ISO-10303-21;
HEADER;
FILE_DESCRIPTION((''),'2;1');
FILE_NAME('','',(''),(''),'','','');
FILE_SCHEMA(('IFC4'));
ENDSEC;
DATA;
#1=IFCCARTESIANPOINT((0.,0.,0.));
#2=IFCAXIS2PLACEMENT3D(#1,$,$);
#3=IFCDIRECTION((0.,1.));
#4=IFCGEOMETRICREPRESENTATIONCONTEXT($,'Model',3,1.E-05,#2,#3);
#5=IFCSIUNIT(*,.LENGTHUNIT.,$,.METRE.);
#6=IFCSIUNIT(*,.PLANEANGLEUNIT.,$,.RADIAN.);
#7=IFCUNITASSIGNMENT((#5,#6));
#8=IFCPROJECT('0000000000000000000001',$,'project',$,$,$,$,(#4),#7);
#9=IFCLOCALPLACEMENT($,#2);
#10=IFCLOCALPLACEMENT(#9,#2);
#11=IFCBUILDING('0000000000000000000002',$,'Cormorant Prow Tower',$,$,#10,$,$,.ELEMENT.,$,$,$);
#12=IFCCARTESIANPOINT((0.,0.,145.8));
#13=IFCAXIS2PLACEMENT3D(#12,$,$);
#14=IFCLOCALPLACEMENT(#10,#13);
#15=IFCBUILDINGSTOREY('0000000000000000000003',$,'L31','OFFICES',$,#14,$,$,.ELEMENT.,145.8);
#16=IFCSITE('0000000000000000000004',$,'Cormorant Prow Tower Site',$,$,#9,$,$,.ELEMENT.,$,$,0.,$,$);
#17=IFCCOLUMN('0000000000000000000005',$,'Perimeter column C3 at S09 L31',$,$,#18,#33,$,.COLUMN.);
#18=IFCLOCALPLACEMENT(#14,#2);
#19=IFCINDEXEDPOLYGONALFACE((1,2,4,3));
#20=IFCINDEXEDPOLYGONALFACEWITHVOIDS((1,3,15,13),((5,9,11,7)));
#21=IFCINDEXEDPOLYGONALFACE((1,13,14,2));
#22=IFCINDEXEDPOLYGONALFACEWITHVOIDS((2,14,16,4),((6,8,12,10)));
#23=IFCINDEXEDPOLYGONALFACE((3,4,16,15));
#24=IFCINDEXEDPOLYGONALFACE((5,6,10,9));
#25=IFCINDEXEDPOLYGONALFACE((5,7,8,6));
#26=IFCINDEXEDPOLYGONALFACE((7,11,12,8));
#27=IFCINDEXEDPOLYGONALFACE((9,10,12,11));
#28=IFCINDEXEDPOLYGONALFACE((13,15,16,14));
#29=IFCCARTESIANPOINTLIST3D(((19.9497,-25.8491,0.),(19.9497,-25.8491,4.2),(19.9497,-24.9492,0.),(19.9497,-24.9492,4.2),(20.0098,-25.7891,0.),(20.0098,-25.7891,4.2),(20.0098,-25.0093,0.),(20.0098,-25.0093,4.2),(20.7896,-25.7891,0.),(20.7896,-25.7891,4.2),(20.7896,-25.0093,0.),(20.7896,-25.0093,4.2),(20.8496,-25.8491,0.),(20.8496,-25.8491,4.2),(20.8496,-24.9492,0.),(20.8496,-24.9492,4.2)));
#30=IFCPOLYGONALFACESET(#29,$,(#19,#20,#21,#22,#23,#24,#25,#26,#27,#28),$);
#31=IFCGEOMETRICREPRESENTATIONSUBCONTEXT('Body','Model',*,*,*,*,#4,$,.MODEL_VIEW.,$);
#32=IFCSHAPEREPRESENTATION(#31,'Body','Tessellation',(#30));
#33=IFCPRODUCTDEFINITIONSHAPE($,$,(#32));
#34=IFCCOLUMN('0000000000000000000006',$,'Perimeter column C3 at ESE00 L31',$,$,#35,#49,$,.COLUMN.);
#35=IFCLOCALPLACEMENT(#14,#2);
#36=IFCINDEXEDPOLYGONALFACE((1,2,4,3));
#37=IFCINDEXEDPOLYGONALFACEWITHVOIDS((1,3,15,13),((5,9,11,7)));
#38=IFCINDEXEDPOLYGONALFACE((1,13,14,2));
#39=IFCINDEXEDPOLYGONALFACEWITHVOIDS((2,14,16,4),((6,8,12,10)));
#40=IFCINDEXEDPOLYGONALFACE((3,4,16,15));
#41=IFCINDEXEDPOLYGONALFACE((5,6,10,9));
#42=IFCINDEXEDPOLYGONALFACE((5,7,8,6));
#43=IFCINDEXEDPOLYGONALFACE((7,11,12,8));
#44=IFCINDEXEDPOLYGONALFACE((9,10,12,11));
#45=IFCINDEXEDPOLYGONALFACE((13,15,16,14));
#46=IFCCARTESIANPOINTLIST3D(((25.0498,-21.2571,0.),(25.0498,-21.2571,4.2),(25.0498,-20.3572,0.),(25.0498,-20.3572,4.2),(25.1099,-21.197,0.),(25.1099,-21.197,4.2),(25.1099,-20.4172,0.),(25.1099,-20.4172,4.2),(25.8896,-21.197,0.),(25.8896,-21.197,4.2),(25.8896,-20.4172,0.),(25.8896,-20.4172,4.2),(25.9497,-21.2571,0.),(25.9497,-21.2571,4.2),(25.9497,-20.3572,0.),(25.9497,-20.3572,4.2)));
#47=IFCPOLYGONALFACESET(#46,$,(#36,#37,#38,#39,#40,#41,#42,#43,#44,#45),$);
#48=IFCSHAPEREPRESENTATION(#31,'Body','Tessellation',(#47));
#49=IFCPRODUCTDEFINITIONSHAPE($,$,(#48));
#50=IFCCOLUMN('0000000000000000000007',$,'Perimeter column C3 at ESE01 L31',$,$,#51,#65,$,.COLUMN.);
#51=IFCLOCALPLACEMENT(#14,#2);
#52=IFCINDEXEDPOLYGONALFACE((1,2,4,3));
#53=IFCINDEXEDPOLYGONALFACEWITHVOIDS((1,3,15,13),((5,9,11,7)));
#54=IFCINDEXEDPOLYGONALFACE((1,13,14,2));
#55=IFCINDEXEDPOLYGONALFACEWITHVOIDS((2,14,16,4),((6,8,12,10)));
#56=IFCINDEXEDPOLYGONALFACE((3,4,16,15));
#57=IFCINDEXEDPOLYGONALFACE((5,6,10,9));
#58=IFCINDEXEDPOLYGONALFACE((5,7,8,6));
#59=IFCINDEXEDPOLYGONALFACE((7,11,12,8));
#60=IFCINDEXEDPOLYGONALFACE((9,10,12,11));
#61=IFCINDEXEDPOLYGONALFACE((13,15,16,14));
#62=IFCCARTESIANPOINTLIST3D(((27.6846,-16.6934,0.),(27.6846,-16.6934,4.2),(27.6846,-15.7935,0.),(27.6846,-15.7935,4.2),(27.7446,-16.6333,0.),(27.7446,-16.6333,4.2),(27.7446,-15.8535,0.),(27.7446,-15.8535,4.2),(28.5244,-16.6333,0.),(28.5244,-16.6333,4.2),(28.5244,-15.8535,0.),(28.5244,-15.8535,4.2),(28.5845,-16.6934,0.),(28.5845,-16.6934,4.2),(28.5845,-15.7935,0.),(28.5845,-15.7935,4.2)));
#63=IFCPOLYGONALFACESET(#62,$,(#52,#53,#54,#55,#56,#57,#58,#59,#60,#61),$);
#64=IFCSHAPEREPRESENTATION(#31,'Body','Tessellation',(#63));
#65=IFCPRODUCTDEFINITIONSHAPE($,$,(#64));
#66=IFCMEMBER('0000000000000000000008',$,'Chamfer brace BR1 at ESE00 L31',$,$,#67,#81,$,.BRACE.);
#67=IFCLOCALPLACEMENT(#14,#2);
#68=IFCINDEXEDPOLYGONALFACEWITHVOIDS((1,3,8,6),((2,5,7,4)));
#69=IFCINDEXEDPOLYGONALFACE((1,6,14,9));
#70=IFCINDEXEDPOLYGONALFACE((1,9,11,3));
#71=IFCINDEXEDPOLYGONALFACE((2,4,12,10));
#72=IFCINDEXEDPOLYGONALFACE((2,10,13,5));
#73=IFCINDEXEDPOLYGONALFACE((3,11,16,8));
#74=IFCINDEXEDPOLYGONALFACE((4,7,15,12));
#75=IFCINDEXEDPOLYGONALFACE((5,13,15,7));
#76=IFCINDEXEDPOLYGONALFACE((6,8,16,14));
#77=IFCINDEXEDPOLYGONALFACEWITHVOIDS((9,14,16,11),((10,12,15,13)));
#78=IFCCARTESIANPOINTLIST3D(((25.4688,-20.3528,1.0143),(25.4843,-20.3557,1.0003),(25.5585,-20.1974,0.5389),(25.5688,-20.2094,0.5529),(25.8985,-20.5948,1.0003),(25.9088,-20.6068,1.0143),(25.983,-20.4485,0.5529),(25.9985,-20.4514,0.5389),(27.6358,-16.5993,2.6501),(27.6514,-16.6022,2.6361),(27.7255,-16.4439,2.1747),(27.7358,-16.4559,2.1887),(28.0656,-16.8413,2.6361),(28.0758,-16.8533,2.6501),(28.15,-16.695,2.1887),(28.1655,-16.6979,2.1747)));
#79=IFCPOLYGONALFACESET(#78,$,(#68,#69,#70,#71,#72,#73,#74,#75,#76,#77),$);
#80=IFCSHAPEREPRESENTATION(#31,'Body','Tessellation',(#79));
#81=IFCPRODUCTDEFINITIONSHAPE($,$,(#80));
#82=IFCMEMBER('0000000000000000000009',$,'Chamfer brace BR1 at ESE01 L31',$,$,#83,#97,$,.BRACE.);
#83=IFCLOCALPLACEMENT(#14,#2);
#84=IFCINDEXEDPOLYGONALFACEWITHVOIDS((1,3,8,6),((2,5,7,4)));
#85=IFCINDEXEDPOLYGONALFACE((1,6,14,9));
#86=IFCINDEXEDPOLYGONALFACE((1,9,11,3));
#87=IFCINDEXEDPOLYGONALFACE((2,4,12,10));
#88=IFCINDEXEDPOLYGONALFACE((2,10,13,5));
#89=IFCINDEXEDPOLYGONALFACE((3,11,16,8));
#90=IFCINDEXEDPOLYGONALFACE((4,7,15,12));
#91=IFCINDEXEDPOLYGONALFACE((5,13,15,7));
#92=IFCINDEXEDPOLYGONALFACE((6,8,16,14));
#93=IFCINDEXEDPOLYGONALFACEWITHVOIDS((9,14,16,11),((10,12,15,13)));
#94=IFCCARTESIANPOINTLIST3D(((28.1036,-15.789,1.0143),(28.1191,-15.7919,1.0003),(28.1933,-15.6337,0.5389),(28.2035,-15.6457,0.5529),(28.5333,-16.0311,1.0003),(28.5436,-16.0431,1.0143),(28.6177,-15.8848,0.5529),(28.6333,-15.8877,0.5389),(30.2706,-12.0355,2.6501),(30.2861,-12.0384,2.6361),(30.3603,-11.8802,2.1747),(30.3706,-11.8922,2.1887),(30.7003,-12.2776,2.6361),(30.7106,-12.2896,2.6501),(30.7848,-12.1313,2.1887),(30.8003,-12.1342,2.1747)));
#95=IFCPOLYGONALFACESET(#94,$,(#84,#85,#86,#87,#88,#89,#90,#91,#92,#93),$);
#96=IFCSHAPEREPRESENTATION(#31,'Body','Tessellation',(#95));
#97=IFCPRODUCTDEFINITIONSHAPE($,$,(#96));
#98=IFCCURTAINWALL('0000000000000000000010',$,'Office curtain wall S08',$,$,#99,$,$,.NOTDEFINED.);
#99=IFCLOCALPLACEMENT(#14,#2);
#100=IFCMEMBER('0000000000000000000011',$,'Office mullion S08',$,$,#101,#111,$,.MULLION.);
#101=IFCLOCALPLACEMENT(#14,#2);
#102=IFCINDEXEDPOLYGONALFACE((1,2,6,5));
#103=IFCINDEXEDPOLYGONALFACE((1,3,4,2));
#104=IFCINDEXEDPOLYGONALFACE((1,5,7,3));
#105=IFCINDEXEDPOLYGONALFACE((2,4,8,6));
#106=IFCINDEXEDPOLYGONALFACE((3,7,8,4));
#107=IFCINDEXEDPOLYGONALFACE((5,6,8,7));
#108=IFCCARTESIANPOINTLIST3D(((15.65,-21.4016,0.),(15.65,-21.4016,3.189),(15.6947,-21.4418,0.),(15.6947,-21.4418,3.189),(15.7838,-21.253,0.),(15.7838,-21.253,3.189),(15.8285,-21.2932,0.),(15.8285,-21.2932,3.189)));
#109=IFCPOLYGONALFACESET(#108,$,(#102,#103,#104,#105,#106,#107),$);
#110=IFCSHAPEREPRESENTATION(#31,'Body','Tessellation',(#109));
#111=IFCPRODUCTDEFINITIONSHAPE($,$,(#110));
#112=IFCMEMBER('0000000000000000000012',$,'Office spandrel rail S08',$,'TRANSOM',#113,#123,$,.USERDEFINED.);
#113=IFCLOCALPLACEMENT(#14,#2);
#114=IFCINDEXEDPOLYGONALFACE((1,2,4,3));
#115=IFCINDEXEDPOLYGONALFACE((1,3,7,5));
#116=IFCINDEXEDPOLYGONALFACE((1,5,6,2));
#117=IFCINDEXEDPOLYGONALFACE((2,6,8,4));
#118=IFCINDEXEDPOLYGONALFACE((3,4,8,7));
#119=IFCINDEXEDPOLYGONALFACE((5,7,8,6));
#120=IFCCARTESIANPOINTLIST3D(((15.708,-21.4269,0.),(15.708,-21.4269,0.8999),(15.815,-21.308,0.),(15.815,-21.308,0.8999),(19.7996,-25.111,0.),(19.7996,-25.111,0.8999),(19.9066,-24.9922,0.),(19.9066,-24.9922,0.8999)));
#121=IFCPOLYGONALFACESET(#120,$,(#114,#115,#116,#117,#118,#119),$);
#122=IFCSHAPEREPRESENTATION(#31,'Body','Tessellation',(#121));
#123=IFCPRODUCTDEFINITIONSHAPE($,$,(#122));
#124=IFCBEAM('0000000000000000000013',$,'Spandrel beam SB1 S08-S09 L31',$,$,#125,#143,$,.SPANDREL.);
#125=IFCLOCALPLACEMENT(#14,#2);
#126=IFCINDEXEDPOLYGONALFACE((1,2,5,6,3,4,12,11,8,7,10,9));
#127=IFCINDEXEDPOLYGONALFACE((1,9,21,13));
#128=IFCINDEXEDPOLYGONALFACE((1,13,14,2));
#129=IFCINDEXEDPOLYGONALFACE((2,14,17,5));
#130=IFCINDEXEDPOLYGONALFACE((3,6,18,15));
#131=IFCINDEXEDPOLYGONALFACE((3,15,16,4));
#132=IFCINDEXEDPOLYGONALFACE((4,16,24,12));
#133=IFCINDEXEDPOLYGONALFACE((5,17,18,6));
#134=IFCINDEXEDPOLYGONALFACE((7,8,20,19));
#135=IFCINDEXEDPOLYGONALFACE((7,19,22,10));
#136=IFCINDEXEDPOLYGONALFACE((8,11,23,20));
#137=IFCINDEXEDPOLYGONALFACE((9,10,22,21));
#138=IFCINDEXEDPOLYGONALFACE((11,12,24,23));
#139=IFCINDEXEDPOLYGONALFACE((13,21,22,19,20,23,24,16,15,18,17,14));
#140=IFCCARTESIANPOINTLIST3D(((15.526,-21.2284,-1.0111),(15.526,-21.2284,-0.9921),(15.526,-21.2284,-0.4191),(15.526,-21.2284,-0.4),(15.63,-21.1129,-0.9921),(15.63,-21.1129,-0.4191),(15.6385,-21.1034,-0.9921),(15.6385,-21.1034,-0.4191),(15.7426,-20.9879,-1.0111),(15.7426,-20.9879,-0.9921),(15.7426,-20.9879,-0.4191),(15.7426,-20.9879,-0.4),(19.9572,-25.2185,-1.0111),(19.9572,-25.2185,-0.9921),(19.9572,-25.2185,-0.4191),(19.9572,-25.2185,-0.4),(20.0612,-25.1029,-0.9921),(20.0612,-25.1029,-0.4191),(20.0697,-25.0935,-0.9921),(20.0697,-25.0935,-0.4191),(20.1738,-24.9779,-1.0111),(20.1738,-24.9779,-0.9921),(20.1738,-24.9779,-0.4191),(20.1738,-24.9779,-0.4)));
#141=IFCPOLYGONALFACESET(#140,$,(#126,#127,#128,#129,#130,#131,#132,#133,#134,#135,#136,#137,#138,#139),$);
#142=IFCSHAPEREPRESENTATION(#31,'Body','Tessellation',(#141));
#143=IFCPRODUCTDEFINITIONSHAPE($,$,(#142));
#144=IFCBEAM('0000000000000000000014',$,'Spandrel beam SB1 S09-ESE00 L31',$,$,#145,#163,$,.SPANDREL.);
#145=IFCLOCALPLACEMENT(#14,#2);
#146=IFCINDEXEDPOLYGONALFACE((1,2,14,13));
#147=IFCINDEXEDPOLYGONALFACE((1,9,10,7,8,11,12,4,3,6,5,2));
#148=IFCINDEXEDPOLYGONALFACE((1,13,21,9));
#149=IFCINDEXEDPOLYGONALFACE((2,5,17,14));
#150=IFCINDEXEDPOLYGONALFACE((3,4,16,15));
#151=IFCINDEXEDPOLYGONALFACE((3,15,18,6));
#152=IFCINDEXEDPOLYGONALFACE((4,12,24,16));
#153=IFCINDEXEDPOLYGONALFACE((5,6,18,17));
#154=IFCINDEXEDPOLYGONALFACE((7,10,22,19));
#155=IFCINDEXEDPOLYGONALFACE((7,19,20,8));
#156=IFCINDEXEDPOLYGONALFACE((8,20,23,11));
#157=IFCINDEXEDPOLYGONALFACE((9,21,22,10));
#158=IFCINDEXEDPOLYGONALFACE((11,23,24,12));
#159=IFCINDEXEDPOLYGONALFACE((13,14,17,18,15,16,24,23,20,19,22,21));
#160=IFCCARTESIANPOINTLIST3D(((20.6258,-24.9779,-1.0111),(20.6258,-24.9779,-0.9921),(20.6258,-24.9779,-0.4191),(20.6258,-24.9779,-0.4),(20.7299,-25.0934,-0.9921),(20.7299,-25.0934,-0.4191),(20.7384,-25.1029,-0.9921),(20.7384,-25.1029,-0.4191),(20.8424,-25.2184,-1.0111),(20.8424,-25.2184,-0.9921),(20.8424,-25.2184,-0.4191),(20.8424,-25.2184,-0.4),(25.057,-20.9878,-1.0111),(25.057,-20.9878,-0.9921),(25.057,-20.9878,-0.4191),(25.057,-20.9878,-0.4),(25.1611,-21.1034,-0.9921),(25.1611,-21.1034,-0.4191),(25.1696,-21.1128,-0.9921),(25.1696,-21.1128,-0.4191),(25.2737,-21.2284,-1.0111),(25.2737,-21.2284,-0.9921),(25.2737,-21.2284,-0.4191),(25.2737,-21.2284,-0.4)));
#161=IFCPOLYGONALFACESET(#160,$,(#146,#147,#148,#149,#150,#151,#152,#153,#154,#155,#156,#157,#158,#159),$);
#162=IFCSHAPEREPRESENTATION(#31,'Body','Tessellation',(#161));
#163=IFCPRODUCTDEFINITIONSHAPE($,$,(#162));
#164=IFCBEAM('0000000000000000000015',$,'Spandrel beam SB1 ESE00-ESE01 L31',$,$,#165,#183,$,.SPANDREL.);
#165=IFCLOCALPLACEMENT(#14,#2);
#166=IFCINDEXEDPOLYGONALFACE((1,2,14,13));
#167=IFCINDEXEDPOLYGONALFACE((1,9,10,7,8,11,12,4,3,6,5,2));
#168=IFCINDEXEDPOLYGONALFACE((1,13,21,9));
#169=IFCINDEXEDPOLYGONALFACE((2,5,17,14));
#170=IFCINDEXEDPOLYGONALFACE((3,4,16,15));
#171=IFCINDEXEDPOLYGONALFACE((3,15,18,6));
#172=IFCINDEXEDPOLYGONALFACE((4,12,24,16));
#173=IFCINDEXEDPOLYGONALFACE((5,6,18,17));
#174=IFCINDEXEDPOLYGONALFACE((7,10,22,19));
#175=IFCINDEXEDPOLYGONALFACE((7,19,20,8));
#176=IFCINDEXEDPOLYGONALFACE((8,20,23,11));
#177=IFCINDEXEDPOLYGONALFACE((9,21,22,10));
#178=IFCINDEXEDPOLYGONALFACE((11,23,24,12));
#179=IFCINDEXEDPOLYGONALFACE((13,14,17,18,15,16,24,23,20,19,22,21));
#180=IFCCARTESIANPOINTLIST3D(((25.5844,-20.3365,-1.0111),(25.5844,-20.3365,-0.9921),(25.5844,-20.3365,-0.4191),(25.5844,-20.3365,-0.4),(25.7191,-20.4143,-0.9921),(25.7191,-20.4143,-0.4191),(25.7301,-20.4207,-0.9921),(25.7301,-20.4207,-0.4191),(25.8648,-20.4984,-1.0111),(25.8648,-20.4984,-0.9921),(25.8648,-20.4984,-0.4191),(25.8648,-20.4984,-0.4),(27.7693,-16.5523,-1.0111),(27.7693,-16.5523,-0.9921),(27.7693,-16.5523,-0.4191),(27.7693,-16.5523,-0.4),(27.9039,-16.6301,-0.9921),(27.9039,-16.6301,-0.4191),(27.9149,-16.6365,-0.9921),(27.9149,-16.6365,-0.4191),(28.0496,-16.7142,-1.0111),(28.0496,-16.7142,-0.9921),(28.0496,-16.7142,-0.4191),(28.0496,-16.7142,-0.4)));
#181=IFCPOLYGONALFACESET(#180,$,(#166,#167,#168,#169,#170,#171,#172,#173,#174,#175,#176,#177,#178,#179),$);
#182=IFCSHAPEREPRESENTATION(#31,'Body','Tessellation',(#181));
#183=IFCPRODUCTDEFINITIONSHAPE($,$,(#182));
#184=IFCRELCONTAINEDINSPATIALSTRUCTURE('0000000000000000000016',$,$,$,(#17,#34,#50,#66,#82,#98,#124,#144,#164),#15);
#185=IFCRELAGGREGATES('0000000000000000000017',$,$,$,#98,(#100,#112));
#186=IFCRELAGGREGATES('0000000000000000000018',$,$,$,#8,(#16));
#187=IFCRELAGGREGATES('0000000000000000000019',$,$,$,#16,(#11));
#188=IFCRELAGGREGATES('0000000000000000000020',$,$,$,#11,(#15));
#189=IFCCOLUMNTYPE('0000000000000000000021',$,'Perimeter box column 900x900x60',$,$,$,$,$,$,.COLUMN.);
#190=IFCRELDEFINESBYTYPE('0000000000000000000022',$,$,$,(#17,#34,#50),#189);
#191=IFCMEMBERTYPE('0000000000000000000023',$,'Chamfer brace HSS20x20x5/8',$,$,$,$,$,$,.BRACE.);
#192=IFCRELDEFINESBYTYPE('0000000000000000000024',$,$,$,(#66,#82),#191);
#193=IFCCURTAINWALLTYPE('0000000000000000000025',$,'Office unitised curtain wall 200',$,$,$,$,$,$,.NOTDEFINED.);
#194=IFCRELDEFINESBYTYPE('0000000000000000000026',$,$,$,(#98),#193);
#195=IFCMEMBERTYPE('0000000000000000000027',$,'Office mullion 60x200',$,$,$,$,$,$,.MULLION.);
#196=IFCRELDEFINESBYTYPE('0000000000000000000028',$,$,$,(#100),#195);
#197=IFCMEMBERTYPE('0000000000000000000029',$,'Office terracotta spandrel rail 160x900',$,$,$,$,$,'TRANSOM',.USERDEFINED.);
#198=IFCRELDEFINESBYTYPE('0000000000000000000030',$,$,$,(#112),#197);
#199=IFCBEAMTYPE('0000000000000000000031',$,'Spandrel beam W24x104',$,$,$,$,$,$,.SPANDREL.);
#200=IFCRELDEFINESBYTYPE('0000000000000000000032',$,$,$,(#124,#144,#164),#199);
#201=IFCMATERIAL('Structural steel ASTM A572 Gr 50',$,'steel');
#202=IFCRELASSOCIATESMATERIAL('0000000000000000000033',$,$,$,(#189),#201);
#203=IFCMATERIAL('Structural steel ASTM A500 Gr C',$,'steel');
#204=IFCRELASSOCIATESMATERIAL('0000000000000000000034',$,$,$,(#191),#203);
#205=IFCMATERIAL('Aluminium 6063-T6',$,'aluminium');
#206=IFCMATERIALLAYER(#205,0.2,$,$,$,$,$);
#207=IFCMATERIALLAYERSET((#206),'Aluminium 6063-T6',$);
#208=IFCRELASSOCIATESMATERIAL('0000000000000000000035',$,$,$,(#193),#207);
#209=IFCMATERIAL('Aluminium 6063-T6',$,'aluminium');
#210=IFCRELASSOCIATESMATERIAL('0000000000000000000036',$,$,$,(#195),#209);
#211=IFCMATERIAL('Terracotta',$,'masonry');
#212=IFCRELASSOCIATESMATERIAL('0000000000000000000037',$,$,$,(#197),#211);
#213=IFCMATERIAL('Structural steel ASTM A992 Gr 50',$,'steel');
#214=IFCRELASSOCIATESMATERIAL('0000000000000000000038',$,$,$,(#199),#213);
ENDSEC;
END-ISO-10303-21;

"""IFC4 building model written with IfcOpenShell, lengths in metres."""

from ifc_helpers import new_model, si_unit, direction, frame, origin, origin_2d, place, context, subcontext, project, spatial, rectangle, hollow_rectangle, i_section, extrude, material, layer, layer_set, material_profile, profile_set, type_object, element, aggregate, save


model = new_model("IFC4")

# Units and contexts
model_context = context("Model", 3, precision=1e-05, world=origin(), true_north=direction((0.0, 1.0)))
body_context = subcontext(model_context, "Body", "Model", "MODEL_VIEW")
ifc_project = project(units=[si_unit("LENGTHUNIT", "METRE"), si_unit("PLANEANGLEUNIT", "RADIAN")], contexts=[model_context])

# Site, building, storey
site_placement = place(None, origin())
site = spatial("IfcSite", under=ifc_project, at=site_placement, Name="Cormorant Prow Tower Site", CompositionType="ELEMENT", RefElevation=0.0)
building_placement = place(site_placement, origin())
building = spatial("IfcBuilding", under=site, at=building_placement, Name="Cormorant Prow Tower", CompositionType="ELEMENT")
storey_placement = place(building_placement, frame((0.0, 0.0, 145.8)))
storey = spatial("IfcBuildingStorey", under=building, at=storey_placement, Name="L31", Description="OFFICES", CompositionType="ELEMENT", Elevation=145.8)

# Columns
ifc_material_1 = material(Name="Structural steel ASTM A572 Gr 50", Category="steel")
ifc_material_profile_1 = material_profile(ifc_material_1, hollow_rectangle(XDim=0.8999, YDim=0.8999, WallThickness=0.0601, at=origin_2d()), Name="Box 900x900x60")
ifc_profile_set_1 = profile_set([ifc_material_profile_1], Name="Structural steel ASTM A572 Gr 50")
column_type = type_object("IfcColumnType", Name="Perimeter box column 900x900x60", PredefinedType="COLUMN", material=ifc_profile_set_1)
for number, where, z_axis, x_axis, name in (
    (1, (20.3997, -25.3992, 0.0), (0.0, 0.0, 1.0), (1.0, 0.0, 0.0), "Perimeter column C3 at S09 L31"),
    (2, (25.4998, -20.8071, 0.0), (0.0, 0.0, 1.0), (1.0, 0.0, 0.0), "Perimeter column C3 at ESE00 L31"),
    (3, (28.1345, -16.2434, 0.0), (0.0, 0.0, 1.0), (1.0, 0.0, 0.0), "Perimeter column C3 at ESE01 L31"),
):
    element("IfcColumn", number, at=place(storey_placement, frame(where, z_axis=z_axis, x_axis=x_axis)), inside=storey, type_object=column_type, Name=name, PredefinedType="COLUMN", context=body_context, shape_type="SweptSolid", body=[
        extrude(hollow_rectangle(XDim=0.8999, YDim=0.8999, WallThickness=0.0601, at=origin_2d()), origin(), (0.0, 0.0, 1.0), 4.2),
    ])

# Members
ifc_material_2 = material(Name="Structural steel ASTM A500 Gr C", Category="steel")
ifc_material_profile_2 = material_profile(ifc_material_2, hollow_rectangle(XDim=0.5081, YDim=0.5081, WallThickness=0.0149, at=origin_2d()), Name="HSS20x20x5/8")
ifc_profile_set_2 = profile_set([ifc_material_profile_2], Name="Structural steel ASTM A500 Gr C")
member_type_1 = type_object("IfcMemberType", Name="Chamfer brace HSS20x20x5/8", PredefinedType="BRACE", material=ifc_profile_set_2)
for number, where, z_axis, x_axis, name in (
    (4, (25.7336, -20.4021, 0.7766), (0.467785, 0.810244, 0.353105), (-0.86603, 0.499992, 0.0), "Chamfer brace BR1 at ESE00 L31"),
    (5, (28.3684, -15.8384, 0.7766), (0.467785, 0.810244, 0.353105), (-0.86603, 0.499992, 0.0), "Chamfer brace BR1 at ESE01 L31"),
):
    element("IfcMember", number, at=place(storey_placement, frame(where, z_axis=z_axis, x_axis=x_axis)), inside=storey, type_object=member_type_1, Name=name, PredefinedType="BRACE", context=body_context, shape_type="SweptSolid", body=[
        extrude(hollow_rectangle(XDim=0.5081, YDim=0.5081, WallThickness=0.0149, at=origin_2d()), origin(), (0.0, 0.0, 1.0), 4.6326),
    ])

# Curtain wall, members
ifc_material_3 = material(Name="Aluminium 6063-T6", Category="aluminium")
ifc_layer_1 = layer(ifc_material_3, 0.2)
ifc_layer_set_1 = layer_set([ifc_layer_1], Name="Aluminium 6063-T6")
curtain_wall_type = type_object("IfcCurtainWallType", Name="Office unitised curtain wall 200", PredefinedType="NOTDEFINED", material=ifc_layer_set_1)
curtain_wall_placement = place(storey_placement, origin())
curtain_wall = element("IfcCurtainWall", 6, at=curtain_wall_placement, inside=storey, type_object=curtain_wall_type, Name="Office curtain wall S08", PredefinedType="NOTDEFINED")
ifc_material_4 = material(Name="Aluminium 6063-T6", Category="aluminium")
ifc_material_profile_3 = material_profile(ifc_material_4, rectangle(XDim=0.2, YDim=0.0601, at=origin_2d()), Name="Office mullion 60x200")
ifc_profile_set_3 = profile_set([ifc_material_profile_3], Name="Aluminium 6063-T6")
member_type_2 = type_object("IfcMemberType", Name="Office mullion 60x200", PredefinedType="MULLION", material=ifc_profile_set_3)
member_1_placement = place(storey_placement, frame((15.7393, -21.3474, 0.0), z_axis=(0.0, 0.0, 1.0), x_axis=(0.669131, 0.743145, 0.0)))
member_1 = element("IfcMember", 7, at=member_1_placement, type_object=member_type_2, Name="Office mullion S08", PredefinedType="MULLION", context=body_context, shape_type="SweptSolid", body=[
    extrude(rectangle(XDim=0.2, YDim=0.0601, at=origin_2d()), origin(), (0.0, 0.0, 1.0), 3.189),
])
ifc_material_5 = material(Name="Terracotta", Category="masonry")
ifc_material_profile_4 = material_profile(ifc_material_5, rectangle(XDim=0.1599, YDim=0.8999, at=origin_2d()), Name="Office terracotta spandrel rail 160x900")
ifc_profile_set_4 = profile_set([ifc_material_profile_4], Name="Terracotta")
member_type_3 = type_object("IfcMemberType", Name="Office terracotta spandrel rail 160x900", ElementType="TRANSOM", PredefinedType="USERDEFINED", material=ifc_profile_set_4)
member_2_placement = place(storey_placement, frame((15.7615, -21.3674, 0.45), z_axis=(0.743142, -0.669134, 0.0), x_axis=(0.669134, 0.743142, 0.0)))
member_2 = element("IfcMember", 8, at=member_2_placement, type_object=member_type_3, Name="Office spandrel rail S08", ObjectType="TRANSOM", PredefinedType="USERDEFINED", context=body_context, shape_type="SweptSolid", body=[
    extrude(rectangle(XDim=0.1599, YDim=0.8999, at=origin_2d()), origin(), (0.0, 0.0, 1.0), 5.5059),
])

# Beams
ifc_material_6 = material(Name="Structural steel ASTM A992 Gr 50", Category="steel")
ifc_material_profile_5 = material_profile(ifc_material_6, i_section(OverallWidth=0.3237, OverallDepth=0.6111, WebThickness=0.0127, FlangeThickness=0.019, at=origin_2d()), Name="W24x104")
ifc_profile_set_5 = profile_set([ifc_material_profile_5], Name="Structural steel ASTM A992 Gr 50")
beam_type = type_object("IfcBeamType", Name="Spandrel beam W24x104", PredefinedType="SPANDREL", material=ifc_profile_set_5)
for number, where, z_axis, x_axis, name in (
    (9, (15.6343, -21.1082, -0.7056), (0.743131, -0.669146, 0.0), (0.669146, 0.743131, 0.0), "Spandrel beam SB1 S08-S09 L31"),
    (10, (20.7341, -25.0981, -0.7056), (0.743131, 0.669146, 0.0), (-0.669146, 0.743131, 0.0), "Spandrel beam SB1 S09-ESE00 L31"),
):
    element("IfcBeam", number, at=place(storey_placement, frame(where, z_axis=z_axis, x_axis=x_axis)), inside=storey, type_object=beam_type, Name=name, PredefinedType="SPANDREL", context=body_context, shape_type="SweptSolid", body=[
        extrude(i_section(OverallWidth=0.3237, OverallDepth=0.6111, WebThickness=0.0127, FlangeThickness=0.019, at=origin_2d()), origin(), (0.0, 0.0, 1.0), 5.9629),
    ])
for number, where, z_axis, x_axis, name in (
    (11, (25.7246, -20.4175, -0.7056), (0.500003, 0.866024, 0.0), (-0.866024, 0.500003, 0.0), "Spandrel beam SB1 ESE00-ESE01 L31"),
):
    element("IfcBeam", number, at=place(storey_placement, frame(where, z_axis=z_axis, x_axis=x_axis)), inside=storey, type_object=beam_type, Name=name, PredefinedType="SPANDREL", context=body_context, shape_type="SweptSolid", body=[
        extrude(i_section(OverallWidth=0.3237, OverallDepth=0.6111, WebThickness=0.0127, FlangeThickness=0.019, at=origin_2d()), origin(), (0.0, 0.0, 1.0), 4.3696),
    ])

aggregate(curtain_wall, [member_1, member_2])

save(model, "model.ifc")
